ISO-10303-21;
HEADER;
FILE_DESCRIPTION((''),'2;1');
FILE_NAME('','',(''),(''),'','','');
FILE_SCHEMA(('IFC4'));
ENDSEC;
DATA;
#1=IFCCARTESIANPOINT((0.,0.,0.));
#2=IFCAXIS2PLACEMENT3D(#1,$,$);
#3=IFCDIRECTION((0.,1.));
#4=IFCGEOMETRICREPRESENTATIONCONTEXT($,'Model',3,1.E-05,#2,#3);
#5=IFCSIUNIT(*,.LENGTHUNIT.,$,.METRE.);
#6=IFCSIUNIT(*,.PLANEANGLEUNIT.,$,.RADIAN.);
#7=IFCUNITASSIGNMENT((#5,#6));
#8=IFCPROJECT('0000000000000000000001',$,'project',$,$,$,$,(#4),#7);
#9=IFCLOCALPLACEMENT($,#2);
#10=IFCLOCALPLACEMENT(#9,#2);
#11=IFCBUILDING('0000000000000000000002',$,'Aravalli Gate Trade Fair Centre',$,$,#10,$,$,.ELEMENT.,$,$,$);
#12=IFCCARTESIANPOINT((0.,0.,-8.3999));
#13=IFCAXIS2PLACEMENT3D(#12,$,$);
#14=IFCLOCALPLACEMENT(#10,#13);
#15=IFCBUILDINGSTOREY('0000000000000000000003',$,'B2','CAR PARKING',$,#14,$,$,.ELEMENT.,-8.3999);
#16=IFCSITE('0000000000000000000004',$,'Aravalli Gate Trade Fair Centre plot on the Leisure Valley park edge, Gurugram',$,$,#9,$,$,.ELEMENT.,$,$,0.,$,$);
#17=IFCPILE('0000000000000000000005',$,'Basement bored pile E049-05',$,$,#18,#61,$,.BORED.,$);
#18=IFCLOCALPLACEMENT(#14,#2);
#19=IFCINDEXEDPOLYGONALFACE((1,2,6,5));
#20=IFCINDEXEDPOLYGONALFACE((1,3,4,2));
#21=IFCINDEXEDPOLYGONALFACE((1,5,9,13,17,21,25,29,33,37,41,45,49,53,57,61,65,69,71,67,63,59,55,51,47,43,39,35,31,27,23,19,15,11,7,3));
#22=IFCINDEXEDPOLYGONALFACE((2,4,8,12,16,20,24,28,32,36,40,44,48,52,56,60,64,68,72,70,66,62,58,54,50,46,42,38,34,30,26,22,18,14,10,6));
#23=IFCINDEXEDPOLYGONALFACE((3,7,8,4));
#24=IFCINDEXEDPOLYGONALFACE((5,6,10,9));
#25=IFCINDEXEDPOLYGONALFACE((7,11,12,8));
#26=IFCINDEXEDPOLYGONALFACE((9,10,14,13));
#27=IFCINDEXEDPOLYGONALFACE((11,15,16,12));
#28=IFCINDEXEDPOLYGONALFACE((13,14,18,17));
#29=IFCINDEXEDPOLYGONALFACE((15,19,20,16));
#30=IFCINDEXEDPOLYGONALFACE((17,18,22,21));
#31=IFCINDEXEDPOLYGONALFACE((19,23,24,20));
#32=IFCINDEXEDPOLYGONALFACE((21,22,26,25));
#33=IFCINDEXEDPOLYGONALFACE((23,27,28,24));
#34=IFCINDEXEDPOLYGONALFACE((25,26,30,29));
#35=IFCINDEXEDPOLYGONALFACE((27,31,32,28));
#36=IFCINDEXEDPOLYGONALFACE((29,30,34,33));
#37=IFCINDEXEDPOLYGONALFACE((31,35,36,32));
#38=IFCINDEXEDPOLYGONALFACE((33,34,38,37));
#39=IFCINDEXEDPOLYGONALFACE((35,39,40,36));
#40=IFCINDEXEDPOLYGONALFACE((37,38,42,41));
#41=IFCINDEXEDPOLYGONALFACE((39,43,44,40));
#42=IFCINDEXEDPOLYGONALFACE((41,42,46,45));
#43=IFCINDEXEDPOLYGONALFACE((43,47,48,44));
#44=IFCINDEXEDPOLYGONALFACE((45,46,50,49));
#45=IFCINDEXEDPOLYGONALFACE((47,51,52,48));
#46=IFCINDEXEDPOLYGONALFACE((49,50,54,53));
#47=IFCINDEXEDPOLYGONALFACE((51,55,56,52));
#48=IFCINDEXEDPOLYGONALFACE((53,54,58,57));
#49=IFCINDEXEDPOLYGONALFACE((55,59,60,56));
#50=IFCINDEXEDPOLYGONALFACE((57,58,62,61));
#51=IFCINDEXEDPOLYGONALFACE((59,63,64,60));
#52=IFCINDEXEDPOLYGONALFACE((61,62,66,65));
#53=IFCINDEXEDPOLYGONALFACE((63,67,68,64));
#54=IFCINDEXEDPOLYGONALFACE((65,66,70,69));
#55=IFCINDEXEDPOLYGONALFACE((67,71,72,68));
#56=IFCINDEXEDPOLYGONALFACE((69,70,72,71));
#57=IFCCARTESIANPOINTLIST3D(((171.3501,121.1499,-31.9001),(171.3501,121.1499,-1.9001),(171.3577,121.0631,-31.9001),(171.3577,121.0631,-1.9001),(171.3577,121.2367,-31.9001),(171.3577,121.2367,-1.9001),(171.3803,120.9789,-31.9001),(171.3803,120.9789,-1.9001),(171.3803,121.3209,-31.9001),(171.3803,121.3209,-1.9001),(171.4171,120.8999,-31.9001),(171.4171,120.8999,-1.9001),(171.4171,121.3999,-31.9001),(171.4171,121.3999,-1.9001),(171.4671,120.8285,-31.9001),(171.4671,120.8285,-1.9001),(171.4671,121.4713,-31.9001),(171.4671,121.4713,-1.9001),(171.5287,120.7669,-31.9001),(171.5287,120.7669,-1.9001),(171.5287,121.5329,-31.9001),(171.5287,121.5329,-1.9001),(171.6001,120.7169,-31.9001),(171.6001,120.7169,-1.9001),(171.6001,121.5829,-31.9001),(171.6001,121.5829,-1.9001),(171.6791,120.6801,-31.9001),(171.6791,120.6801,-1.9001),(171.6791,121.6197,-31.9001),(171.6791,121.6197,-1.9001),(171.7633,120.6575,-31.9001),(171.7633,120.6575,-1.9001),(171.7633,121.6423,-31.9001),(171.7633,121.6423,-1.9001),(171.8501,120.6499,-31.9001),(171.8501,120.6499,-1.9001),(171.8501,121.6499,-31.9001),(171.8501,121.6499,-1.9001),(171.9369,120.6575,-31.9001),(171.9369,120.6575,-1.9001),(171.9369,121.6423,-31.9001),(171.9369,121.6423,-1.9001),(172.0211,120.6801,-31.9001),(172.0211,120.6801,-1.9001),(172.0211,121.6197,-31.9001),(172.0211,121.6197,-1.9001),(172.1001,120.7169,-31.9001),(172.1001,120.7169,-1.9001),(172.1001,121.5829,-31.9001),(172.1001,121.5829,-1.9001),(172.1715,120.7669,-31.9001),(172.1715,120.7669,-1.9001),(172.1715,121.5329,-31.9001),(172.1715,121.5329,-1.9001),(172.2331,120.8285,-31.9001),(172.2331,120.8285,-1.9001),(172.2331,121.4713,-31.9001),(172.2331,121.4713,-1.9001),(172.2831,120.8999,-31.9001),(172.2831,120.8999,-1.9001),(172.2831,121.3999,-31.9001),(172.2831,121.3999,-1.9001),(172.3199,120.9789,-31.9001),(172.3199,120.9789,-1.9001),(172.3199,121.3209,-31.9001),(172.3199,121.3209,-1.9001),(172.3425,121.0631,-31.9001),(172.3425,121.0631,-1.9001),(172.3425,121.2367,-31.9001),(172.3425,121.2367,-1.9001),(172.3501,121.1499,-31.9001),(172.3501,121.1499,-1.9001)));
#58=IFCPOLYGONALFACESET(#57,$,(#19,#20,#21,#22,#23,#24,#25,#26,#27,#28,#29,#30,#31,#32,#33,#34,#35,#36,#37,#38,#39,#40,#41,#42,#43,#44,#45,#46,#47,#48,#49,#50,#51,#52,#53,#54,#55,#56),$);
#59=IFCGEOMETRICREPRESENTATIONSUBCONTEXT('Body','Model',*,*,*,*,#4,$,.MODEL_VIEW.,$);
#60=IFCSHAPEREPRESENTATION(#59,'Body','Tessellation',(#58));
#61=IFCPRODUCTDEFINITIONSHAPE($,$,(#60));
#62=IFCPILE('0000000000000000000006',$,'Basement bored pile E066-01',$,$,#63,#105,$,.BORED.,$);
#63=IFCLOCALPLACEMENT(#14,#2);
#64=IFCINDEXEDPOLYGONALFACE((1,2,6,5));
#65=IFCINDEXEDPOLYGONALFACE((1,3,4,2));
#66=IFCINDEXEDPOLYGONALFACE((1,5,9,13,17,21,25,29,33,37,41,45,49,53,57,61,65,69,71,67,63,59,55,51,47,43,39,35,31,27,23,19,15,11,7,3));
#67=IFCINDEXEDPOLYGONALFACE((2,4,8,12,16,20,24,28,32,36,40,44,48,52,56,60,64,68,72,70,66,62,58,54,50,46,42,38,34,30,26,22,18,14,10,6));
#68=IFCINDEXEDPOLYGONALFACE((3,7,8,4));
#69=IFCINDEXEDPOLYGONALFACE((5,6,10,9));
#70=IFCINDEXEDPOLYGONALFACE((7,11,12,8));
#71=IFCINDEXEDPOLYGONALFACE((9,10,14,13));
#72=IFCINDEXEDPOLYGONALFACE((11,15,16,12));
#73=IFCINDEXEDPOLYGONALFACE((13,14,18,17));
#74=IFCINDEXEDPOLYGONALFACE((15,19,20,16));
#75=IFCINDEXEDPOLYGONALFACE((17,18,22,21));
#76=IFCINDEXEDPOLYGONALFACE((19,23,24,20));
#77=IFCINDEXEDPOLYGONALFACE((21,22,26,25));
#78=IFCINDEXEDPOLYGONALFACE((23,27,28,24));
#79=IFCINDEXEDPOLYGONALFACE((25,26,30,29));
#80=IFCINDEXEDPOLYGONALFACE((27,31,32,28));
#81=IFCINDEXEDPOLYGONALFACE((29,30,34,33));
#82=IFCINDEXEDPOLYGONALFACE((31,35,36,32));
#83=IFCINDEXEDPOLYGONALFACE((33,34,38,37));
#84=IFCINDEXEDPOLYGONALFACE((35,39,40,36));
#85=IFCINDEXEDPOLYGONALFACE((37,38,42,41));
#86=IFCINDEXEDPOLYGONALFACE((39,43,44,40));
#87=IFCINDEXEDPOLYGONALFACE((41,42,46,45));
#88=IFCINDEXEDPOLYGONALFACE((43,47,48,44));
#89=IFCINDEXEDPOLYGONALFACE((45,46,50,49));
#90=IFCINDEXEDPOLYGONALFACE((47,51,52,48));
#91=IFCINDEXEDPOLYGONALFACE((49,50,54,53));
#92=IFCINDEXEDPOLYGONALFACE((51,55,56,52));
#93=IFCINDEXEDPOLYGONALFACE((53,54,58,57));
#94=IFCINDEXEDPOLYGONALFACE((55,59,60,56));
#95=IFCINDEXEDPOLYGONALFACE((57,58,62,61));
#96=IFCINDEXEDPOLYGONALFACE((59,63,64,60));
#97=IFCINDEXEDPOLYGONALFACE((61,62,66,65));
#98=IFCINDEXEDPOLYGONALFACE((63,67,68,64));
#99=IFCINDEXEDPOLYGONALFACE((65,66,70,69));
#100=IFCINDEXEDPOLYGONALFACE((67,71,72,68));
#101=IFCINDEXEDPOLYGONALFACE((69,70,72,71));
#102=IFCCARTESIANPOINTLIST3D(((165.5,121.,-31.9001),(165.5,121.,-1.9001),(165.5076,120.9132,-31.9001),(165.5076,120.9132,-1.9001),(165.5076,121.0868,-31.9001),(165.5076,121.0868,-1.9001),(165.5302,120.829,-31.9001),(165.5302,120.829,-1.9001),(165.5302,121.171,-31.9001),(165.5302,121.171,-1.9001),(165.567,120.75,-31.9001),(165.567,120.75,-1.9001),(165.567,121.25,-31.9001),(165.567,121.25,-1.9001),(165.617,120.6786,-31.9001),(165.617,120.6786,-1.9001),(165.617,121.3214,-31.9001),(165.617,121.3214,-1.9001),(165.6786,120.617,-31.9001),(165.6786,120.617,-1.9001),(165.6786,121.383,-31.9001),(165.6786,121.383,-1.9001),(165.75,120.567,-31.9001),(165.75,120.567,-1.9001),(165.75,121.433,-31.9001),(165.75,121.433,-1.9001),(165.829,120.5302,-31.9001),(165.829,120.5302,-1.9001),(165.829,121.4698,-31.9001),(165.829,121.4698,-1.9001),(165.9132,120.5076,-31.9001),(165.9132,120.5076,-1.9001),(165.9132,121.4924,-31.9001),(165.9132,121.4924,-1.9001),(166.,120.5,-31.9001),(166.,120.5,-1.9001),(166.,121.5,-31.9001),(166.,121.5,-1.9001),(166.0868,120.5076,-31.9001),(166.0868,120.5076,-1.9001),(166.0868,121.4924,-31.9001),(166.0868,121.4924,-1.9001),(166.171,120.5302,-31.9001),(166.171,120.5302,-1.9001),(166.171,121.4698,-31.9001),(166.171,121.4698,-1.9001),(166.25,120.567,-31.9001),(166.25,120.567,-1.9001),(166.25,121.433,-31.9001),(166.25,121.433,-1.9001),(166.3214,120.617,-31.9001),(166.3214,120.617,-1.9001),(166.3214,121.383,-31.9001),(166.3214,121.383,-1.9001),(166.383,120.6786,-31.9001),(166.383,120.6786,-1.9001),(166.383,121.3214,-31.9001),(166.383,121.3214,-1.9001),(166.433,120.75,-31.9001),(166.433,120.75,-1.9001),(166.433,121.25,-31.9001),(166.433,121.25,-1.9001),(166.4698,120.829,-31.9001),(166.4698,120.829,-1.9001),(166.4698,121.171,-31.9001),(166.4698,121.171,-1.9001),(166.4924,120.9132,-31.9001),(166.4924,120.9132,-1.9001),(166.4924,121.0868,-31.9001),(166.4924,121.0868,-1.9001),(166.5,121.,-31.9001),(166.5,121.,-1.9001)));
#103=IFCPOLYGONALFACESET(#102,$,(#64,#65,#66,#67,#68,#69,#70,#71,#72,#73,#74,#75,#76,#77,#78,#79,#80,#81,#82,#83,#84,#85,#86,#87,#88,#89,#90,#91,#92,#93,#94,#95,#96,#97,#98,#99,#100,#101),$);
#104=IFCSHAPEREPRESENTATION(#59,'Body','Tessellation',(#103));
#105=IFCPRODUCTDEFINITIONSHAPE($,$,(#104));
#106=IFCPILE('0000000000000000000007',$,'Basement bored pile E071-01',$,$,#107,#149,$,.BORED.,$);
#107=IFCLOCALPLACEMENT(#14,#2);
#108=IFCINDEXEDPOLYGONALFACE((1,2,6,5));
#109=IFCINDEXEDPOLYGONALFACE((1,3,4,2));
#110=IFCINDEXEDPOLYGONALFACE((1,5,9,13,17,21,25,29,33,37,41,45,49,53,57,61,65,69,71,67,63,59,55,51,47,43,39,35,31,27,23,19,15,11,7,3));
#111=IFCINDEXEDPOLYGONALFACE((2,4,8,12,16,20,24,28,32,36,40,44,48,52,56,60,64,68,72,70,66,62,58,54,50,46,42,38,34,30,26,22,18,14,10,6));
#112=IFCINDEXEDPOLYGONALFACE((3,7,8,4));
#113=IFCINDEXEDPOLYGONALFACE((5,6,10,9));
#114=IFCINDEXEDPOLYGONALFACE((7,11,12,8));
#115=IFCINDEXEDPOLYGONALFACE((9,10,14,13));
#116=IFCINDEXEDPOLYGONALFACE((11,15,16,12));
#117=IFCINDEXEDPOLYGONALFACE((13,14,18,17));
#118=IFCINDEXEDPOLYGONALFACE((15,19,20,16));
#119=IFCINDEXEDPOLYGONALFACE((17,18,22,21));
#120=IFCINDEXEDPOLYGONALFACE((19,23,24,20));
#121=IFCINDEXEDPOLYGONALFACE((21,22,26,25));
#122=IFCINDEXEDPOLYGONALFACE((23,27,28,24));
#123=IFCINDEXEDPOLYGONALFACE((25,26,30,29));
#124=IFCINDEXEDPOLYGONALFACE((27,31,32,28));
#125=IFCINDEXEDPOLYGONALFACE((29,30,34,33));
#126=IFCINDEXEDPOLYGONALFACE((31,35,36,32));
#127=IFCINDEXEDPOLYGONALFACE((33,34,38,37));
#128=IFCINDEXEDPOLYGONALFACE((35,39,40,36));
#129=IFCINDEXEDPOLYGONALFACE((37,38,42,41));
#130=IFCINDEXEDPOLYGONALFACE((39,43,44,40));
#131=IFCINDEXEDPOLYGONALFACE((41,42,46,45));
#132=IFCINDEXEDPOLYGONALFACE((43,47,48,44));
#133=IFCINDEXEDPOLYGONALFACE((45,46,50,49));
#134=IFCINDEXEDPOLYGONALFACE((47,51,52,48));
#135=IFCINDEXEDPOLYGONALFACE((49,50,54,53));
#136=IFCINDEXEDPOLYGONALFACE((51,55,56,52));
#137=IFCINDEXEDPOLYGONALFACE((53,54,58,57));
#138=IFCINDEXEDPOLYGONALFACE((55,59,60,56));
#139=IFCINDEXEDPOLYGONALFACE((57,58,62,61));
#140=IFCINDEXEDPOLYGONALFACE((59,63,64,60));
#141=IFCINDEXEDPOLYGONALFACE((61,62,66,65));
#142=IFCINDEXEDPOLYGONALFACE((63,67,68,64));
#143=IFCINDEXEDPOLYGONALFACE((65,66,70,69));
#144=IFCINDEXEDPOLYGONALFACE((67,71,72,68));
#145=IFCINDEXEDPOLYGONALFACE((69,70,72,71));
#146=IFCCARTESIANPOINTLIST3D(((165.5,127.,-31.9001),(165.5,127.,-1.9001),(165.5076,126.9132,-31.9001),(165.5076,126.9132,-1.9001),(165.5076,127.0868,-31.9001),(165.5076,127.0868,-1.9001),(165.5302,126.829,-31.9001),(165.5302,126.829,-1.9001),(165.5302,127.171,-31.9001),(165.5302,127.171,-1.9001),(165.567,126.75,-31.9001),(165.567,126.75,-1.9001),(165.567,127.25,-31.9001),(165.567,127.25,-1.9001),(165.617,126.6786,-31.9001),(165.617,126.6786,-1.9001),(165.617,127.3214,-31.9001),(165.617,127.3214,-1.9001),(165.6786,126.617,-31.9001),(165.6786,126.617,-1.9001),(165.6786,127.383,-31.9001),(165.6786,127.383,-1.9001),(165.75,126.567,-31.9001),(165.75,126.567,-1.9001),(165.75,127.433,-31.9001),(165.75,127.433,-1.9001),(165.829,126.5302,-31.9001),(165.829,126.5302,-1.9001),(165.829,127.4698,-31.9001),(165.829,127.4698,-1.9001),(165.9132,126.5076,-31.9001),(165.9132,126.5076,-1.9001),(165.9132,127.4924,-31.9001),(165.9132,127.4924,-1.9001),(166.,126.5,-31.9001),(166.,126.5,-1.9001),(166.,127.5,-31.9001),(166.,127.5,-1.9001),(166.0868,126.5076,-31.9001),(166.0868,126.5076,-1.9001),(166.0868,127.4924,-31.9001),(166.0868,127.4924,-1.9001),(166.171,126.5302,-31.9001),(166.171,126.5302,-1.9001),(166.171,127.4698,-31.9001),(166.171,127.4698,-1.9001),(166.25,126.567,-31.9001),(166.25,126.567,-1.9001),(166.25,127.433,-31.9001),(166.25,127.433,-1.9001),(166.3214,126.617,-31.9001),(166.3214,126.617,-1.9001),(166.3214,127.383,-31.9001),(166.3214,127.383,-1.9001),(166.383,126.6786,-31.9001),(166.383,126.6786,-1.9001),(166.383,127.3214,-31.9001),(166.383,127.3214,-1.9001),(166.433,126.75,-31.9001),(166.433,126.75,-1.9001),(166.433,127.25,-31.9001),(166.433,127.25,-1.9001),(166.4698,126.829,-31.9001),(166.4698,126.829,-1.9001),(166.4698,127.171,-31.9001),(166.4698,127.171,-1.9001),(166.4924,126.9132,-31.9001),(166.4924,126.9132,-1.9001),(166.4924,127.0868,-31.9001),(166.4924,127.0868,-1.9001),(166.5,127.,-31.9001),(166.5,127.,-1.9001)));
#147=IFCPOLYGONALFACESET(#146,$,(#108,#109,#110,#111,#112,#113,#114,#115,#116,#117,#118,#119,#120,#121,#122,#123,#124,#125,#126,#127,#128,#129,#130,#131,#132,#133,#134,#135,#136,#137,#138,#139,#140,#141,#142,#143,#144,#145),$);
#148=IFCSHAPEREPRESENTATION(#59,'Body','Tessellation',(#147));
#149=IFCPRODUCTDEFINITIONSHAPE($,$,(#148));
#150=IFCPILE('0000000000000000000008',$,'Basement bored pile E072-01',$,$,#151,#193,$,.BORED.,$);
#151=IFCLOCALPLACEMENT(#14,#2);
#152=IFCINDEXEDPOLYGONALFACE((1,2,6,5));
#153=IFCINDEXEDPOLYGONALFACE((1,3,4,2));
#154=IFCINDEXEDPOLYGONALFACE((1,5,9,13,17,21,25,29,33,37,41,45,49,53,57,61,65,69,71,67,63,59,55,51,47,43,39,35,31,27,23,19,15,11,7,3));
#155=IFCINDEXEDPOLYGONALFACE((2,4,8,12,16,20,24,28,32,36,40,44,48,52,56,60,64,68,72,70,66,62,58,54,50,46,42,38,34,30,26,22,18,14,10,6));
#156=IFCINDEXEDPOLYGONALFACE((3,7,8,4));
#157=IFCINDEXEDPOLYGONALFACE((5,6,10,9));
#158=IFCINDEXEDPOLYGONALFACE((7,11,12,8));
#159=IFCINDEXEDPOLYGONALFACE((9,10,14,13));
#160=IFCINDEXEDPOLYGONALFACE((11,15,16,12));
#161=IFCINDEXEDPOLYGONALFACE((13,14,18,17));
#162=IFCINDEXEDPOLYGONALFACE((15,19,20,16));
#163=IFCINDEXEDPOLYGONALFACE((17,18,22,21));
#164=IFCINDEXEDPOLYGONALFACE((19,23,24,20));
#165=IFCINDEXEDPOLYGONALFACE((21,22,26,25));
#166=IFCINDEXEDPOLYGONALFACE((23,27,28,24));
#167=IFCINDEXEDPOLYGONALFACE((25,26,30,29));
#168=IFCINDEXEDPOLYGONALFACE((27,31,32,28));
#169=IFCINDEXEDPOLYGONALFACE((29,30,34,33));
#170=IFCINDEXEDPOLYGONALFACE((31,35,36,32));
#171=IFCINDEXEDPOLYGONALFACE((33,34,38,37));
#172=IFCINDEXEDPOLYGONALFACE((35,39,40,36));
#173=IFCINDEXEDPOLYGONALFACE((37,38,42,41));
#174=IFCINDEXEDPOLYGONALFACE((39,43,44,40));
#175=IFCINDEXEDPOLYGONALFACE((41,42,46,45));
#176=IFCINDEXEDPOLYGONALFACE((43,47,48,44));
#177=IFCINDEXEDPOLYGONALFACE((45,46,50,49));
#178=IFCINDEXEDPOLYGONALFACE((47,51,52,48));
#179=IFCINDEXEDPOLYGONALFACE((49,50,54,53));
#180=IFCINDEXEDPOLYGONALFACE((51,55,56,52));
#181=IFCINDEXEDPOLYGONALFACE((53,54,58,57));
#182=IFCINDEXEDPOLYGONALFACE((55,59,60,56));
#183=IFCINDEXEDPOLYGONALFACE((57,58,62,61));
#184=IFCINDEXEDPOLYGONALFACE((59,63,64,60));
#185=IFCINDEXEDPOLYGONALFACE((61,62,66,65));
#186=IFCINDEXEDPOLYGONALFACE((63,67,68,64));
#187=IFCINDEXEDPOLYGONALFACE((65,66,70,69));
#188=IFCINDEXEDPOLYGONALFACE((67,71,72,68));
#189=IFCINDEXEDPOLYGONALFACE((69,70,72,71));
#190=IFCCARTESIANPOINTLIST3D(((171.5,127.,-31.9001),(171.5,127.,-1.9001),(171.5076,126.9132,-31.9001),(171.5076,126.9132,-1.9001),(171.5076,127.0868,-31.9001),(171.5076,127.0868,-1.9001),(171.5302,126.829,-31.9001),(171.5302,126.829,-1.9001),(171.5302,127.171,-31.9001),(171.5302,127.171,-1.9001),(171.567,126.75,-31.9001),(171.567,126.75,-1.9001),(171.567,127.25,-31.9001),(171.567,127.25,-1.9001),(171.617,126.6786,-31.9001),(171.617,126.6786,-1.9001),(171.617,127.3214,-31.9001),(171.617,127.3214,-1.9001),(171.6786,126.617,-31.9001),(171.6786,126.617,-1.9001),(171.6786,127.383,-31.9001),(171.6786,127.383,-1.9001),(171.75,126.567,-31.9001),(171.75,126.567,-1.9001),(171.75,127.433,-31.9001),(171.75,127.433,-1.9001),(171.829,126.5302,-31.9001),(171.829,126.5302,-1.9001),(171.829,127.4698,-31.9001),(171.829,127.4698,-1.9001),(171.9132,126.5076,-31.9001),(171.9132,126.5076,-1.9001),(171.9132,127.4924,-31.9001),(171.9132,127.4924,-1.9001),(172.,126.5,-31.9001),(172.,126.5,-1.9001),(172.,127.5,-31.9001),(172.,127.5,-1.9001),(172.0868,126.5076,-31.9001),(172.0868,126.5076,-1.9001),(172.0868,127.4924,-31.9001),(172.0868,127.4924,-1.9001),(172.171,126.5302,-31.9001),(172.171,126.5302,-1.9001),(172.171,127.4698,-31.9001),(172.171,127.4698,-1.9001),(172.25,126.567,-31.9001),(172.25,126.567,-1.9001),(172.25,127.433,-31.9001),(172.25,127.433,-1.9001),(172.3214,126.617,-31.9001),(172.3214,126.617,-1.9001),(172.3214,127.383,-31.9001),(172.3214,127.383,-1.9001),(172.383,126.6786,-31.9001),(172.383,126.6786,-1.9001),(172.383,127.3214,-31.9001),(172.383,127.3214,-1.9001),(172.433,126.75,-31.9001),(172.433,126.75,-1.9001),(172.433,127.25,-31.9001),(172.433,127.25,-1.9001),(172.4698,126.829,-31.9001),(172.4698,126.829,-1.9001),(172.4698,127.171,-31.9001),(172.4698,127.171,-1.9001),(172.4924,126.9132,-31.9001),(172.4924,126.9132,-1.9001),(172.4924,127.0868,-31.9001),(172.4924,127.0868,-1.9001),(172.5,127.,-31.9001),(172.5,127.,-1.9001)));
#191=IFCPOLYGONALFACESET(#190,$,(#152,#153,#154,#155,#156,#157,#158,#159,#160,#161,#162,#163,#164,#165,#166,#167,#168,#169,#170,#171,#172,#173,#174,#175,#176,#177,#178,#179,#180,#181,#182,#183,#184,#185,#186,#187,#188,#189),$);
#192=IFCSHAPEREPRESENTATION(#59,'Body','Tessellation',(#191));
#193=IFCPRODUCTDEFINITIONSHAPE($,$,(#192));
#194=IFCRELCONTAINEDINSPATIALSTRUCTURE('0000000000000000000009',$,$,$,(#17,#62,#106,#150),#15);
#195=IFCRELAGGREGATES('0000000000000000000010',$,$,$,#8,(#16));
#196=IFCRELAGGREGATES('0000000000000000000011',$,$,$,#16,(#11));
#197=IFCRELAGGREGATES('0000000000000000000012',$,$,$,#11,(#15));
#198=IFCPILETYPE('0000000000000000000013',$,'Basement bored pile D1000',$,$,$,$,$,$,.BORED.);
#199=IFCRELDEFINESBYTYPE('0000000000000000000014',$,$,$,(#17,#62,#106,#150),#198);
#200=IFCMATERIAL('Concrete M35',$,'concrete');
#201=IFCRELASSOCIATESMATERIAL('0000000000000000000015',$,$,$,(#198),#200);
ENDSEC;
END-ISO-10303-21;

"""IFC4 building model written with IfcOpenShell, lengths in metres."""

from ifc_helpers import new_model, si_unit, direction, frame, origin, origin_2d, place, context, subcontext, project, spatial, circle, extrude, material, material_profile, profile_set, type_object, element, save


model = new_model("IFC4")

# Units and contexts
model_context = context("Model", 3, precision=1e-05, world=origin(), true_north=direction((0.0, 1.0)))
body_context = subcontext(model_context, "Body", "Model", "MODEL_VIEW")
ifc_project = project(units=[si_unit("LENGTHUNIT", "METRE"), si_unit("PLANEANGLEUNIT", "RADIAN")], contexts=[model_context])

# Site, building, storey
site_placement = place(None, origin())
site = spatial("IfcSite", under=ifc_project, at=site_placement, Name="Aravalli Gate Trade Fair Centre plot on the Leisure Valley park edge, Gurugram", CompositionType="ELEMENT", RefElevation=0.0)
building_placement = place(site_placement, origin())
building = spatial("IfcBuilding", under=site, at=building_placement, Name="Aravalli Gate Trade Fair Centre", CompositionType="ELEMENT")
storey_placement = place(building_placement, frame((0.0, 0.0, -8.3999)))
storey = spatial("IfcBuildingStorey", under=building, at=storey_placement, Name="B2", Description="CAR PARKING", CompositionType="ELEMENT", Elevation=-8.3999)

# Piles
ifc_material_1 = material(Name="Concrete M35", Category="concrete")
ifc_material_profile_1 = material_profile(ifc_material_1, circle(Radius=0.5, at=origin_2d()), Name="D1000")
ifc_profile_set_1 = profile_set([ifc_material_profile_1], Name="Concrete M35")
pile_type = type_object("IfcPileType", Name="Basement bored pile D1000", PredefinedType="BORED", material=ifc_profile_set_1)
for number, where, z_axis, x_axis, name in (
    (1, (171.8501, 121.1499, -1.9001), (0.0, 0.0, -1.0), (1.0, 0.0, 0.0), "Basement bored pile E049-05"),
    (2, (166.0, 121.0, -1.9001), (0.0, 0.0, -1.0), (1.0, 0.0, 0.0), "Basement bored pile E066-01"),
    (3, (166.0, 127.0, -1.9001), (0.0, 0.0, -1.0), (1.0, 0.0, 0.0), "Basement bored pile E071-01"),
    (4, (172.0, 127.0, -1.9001), (0.0, 0.0, -1.0), (1.0, 0.0, 0.0), "Basement bored pile E072-01"),
):
    element("IfcPile", number, at=place(storey_placement, frame(where, z_axis=z_axis, x_axis=x_axis)), inside=storey, type_object=pile_type, Name=name, PredefinedType="BORED", context=body_context, shape_type="SweptSolid", body=[
        extrude(circle(Radius=0.5, at=origin_2d()), origin(), (0.0, 0.0, 1.0), 30.0),
    ])

save(model, "model.ifc")
